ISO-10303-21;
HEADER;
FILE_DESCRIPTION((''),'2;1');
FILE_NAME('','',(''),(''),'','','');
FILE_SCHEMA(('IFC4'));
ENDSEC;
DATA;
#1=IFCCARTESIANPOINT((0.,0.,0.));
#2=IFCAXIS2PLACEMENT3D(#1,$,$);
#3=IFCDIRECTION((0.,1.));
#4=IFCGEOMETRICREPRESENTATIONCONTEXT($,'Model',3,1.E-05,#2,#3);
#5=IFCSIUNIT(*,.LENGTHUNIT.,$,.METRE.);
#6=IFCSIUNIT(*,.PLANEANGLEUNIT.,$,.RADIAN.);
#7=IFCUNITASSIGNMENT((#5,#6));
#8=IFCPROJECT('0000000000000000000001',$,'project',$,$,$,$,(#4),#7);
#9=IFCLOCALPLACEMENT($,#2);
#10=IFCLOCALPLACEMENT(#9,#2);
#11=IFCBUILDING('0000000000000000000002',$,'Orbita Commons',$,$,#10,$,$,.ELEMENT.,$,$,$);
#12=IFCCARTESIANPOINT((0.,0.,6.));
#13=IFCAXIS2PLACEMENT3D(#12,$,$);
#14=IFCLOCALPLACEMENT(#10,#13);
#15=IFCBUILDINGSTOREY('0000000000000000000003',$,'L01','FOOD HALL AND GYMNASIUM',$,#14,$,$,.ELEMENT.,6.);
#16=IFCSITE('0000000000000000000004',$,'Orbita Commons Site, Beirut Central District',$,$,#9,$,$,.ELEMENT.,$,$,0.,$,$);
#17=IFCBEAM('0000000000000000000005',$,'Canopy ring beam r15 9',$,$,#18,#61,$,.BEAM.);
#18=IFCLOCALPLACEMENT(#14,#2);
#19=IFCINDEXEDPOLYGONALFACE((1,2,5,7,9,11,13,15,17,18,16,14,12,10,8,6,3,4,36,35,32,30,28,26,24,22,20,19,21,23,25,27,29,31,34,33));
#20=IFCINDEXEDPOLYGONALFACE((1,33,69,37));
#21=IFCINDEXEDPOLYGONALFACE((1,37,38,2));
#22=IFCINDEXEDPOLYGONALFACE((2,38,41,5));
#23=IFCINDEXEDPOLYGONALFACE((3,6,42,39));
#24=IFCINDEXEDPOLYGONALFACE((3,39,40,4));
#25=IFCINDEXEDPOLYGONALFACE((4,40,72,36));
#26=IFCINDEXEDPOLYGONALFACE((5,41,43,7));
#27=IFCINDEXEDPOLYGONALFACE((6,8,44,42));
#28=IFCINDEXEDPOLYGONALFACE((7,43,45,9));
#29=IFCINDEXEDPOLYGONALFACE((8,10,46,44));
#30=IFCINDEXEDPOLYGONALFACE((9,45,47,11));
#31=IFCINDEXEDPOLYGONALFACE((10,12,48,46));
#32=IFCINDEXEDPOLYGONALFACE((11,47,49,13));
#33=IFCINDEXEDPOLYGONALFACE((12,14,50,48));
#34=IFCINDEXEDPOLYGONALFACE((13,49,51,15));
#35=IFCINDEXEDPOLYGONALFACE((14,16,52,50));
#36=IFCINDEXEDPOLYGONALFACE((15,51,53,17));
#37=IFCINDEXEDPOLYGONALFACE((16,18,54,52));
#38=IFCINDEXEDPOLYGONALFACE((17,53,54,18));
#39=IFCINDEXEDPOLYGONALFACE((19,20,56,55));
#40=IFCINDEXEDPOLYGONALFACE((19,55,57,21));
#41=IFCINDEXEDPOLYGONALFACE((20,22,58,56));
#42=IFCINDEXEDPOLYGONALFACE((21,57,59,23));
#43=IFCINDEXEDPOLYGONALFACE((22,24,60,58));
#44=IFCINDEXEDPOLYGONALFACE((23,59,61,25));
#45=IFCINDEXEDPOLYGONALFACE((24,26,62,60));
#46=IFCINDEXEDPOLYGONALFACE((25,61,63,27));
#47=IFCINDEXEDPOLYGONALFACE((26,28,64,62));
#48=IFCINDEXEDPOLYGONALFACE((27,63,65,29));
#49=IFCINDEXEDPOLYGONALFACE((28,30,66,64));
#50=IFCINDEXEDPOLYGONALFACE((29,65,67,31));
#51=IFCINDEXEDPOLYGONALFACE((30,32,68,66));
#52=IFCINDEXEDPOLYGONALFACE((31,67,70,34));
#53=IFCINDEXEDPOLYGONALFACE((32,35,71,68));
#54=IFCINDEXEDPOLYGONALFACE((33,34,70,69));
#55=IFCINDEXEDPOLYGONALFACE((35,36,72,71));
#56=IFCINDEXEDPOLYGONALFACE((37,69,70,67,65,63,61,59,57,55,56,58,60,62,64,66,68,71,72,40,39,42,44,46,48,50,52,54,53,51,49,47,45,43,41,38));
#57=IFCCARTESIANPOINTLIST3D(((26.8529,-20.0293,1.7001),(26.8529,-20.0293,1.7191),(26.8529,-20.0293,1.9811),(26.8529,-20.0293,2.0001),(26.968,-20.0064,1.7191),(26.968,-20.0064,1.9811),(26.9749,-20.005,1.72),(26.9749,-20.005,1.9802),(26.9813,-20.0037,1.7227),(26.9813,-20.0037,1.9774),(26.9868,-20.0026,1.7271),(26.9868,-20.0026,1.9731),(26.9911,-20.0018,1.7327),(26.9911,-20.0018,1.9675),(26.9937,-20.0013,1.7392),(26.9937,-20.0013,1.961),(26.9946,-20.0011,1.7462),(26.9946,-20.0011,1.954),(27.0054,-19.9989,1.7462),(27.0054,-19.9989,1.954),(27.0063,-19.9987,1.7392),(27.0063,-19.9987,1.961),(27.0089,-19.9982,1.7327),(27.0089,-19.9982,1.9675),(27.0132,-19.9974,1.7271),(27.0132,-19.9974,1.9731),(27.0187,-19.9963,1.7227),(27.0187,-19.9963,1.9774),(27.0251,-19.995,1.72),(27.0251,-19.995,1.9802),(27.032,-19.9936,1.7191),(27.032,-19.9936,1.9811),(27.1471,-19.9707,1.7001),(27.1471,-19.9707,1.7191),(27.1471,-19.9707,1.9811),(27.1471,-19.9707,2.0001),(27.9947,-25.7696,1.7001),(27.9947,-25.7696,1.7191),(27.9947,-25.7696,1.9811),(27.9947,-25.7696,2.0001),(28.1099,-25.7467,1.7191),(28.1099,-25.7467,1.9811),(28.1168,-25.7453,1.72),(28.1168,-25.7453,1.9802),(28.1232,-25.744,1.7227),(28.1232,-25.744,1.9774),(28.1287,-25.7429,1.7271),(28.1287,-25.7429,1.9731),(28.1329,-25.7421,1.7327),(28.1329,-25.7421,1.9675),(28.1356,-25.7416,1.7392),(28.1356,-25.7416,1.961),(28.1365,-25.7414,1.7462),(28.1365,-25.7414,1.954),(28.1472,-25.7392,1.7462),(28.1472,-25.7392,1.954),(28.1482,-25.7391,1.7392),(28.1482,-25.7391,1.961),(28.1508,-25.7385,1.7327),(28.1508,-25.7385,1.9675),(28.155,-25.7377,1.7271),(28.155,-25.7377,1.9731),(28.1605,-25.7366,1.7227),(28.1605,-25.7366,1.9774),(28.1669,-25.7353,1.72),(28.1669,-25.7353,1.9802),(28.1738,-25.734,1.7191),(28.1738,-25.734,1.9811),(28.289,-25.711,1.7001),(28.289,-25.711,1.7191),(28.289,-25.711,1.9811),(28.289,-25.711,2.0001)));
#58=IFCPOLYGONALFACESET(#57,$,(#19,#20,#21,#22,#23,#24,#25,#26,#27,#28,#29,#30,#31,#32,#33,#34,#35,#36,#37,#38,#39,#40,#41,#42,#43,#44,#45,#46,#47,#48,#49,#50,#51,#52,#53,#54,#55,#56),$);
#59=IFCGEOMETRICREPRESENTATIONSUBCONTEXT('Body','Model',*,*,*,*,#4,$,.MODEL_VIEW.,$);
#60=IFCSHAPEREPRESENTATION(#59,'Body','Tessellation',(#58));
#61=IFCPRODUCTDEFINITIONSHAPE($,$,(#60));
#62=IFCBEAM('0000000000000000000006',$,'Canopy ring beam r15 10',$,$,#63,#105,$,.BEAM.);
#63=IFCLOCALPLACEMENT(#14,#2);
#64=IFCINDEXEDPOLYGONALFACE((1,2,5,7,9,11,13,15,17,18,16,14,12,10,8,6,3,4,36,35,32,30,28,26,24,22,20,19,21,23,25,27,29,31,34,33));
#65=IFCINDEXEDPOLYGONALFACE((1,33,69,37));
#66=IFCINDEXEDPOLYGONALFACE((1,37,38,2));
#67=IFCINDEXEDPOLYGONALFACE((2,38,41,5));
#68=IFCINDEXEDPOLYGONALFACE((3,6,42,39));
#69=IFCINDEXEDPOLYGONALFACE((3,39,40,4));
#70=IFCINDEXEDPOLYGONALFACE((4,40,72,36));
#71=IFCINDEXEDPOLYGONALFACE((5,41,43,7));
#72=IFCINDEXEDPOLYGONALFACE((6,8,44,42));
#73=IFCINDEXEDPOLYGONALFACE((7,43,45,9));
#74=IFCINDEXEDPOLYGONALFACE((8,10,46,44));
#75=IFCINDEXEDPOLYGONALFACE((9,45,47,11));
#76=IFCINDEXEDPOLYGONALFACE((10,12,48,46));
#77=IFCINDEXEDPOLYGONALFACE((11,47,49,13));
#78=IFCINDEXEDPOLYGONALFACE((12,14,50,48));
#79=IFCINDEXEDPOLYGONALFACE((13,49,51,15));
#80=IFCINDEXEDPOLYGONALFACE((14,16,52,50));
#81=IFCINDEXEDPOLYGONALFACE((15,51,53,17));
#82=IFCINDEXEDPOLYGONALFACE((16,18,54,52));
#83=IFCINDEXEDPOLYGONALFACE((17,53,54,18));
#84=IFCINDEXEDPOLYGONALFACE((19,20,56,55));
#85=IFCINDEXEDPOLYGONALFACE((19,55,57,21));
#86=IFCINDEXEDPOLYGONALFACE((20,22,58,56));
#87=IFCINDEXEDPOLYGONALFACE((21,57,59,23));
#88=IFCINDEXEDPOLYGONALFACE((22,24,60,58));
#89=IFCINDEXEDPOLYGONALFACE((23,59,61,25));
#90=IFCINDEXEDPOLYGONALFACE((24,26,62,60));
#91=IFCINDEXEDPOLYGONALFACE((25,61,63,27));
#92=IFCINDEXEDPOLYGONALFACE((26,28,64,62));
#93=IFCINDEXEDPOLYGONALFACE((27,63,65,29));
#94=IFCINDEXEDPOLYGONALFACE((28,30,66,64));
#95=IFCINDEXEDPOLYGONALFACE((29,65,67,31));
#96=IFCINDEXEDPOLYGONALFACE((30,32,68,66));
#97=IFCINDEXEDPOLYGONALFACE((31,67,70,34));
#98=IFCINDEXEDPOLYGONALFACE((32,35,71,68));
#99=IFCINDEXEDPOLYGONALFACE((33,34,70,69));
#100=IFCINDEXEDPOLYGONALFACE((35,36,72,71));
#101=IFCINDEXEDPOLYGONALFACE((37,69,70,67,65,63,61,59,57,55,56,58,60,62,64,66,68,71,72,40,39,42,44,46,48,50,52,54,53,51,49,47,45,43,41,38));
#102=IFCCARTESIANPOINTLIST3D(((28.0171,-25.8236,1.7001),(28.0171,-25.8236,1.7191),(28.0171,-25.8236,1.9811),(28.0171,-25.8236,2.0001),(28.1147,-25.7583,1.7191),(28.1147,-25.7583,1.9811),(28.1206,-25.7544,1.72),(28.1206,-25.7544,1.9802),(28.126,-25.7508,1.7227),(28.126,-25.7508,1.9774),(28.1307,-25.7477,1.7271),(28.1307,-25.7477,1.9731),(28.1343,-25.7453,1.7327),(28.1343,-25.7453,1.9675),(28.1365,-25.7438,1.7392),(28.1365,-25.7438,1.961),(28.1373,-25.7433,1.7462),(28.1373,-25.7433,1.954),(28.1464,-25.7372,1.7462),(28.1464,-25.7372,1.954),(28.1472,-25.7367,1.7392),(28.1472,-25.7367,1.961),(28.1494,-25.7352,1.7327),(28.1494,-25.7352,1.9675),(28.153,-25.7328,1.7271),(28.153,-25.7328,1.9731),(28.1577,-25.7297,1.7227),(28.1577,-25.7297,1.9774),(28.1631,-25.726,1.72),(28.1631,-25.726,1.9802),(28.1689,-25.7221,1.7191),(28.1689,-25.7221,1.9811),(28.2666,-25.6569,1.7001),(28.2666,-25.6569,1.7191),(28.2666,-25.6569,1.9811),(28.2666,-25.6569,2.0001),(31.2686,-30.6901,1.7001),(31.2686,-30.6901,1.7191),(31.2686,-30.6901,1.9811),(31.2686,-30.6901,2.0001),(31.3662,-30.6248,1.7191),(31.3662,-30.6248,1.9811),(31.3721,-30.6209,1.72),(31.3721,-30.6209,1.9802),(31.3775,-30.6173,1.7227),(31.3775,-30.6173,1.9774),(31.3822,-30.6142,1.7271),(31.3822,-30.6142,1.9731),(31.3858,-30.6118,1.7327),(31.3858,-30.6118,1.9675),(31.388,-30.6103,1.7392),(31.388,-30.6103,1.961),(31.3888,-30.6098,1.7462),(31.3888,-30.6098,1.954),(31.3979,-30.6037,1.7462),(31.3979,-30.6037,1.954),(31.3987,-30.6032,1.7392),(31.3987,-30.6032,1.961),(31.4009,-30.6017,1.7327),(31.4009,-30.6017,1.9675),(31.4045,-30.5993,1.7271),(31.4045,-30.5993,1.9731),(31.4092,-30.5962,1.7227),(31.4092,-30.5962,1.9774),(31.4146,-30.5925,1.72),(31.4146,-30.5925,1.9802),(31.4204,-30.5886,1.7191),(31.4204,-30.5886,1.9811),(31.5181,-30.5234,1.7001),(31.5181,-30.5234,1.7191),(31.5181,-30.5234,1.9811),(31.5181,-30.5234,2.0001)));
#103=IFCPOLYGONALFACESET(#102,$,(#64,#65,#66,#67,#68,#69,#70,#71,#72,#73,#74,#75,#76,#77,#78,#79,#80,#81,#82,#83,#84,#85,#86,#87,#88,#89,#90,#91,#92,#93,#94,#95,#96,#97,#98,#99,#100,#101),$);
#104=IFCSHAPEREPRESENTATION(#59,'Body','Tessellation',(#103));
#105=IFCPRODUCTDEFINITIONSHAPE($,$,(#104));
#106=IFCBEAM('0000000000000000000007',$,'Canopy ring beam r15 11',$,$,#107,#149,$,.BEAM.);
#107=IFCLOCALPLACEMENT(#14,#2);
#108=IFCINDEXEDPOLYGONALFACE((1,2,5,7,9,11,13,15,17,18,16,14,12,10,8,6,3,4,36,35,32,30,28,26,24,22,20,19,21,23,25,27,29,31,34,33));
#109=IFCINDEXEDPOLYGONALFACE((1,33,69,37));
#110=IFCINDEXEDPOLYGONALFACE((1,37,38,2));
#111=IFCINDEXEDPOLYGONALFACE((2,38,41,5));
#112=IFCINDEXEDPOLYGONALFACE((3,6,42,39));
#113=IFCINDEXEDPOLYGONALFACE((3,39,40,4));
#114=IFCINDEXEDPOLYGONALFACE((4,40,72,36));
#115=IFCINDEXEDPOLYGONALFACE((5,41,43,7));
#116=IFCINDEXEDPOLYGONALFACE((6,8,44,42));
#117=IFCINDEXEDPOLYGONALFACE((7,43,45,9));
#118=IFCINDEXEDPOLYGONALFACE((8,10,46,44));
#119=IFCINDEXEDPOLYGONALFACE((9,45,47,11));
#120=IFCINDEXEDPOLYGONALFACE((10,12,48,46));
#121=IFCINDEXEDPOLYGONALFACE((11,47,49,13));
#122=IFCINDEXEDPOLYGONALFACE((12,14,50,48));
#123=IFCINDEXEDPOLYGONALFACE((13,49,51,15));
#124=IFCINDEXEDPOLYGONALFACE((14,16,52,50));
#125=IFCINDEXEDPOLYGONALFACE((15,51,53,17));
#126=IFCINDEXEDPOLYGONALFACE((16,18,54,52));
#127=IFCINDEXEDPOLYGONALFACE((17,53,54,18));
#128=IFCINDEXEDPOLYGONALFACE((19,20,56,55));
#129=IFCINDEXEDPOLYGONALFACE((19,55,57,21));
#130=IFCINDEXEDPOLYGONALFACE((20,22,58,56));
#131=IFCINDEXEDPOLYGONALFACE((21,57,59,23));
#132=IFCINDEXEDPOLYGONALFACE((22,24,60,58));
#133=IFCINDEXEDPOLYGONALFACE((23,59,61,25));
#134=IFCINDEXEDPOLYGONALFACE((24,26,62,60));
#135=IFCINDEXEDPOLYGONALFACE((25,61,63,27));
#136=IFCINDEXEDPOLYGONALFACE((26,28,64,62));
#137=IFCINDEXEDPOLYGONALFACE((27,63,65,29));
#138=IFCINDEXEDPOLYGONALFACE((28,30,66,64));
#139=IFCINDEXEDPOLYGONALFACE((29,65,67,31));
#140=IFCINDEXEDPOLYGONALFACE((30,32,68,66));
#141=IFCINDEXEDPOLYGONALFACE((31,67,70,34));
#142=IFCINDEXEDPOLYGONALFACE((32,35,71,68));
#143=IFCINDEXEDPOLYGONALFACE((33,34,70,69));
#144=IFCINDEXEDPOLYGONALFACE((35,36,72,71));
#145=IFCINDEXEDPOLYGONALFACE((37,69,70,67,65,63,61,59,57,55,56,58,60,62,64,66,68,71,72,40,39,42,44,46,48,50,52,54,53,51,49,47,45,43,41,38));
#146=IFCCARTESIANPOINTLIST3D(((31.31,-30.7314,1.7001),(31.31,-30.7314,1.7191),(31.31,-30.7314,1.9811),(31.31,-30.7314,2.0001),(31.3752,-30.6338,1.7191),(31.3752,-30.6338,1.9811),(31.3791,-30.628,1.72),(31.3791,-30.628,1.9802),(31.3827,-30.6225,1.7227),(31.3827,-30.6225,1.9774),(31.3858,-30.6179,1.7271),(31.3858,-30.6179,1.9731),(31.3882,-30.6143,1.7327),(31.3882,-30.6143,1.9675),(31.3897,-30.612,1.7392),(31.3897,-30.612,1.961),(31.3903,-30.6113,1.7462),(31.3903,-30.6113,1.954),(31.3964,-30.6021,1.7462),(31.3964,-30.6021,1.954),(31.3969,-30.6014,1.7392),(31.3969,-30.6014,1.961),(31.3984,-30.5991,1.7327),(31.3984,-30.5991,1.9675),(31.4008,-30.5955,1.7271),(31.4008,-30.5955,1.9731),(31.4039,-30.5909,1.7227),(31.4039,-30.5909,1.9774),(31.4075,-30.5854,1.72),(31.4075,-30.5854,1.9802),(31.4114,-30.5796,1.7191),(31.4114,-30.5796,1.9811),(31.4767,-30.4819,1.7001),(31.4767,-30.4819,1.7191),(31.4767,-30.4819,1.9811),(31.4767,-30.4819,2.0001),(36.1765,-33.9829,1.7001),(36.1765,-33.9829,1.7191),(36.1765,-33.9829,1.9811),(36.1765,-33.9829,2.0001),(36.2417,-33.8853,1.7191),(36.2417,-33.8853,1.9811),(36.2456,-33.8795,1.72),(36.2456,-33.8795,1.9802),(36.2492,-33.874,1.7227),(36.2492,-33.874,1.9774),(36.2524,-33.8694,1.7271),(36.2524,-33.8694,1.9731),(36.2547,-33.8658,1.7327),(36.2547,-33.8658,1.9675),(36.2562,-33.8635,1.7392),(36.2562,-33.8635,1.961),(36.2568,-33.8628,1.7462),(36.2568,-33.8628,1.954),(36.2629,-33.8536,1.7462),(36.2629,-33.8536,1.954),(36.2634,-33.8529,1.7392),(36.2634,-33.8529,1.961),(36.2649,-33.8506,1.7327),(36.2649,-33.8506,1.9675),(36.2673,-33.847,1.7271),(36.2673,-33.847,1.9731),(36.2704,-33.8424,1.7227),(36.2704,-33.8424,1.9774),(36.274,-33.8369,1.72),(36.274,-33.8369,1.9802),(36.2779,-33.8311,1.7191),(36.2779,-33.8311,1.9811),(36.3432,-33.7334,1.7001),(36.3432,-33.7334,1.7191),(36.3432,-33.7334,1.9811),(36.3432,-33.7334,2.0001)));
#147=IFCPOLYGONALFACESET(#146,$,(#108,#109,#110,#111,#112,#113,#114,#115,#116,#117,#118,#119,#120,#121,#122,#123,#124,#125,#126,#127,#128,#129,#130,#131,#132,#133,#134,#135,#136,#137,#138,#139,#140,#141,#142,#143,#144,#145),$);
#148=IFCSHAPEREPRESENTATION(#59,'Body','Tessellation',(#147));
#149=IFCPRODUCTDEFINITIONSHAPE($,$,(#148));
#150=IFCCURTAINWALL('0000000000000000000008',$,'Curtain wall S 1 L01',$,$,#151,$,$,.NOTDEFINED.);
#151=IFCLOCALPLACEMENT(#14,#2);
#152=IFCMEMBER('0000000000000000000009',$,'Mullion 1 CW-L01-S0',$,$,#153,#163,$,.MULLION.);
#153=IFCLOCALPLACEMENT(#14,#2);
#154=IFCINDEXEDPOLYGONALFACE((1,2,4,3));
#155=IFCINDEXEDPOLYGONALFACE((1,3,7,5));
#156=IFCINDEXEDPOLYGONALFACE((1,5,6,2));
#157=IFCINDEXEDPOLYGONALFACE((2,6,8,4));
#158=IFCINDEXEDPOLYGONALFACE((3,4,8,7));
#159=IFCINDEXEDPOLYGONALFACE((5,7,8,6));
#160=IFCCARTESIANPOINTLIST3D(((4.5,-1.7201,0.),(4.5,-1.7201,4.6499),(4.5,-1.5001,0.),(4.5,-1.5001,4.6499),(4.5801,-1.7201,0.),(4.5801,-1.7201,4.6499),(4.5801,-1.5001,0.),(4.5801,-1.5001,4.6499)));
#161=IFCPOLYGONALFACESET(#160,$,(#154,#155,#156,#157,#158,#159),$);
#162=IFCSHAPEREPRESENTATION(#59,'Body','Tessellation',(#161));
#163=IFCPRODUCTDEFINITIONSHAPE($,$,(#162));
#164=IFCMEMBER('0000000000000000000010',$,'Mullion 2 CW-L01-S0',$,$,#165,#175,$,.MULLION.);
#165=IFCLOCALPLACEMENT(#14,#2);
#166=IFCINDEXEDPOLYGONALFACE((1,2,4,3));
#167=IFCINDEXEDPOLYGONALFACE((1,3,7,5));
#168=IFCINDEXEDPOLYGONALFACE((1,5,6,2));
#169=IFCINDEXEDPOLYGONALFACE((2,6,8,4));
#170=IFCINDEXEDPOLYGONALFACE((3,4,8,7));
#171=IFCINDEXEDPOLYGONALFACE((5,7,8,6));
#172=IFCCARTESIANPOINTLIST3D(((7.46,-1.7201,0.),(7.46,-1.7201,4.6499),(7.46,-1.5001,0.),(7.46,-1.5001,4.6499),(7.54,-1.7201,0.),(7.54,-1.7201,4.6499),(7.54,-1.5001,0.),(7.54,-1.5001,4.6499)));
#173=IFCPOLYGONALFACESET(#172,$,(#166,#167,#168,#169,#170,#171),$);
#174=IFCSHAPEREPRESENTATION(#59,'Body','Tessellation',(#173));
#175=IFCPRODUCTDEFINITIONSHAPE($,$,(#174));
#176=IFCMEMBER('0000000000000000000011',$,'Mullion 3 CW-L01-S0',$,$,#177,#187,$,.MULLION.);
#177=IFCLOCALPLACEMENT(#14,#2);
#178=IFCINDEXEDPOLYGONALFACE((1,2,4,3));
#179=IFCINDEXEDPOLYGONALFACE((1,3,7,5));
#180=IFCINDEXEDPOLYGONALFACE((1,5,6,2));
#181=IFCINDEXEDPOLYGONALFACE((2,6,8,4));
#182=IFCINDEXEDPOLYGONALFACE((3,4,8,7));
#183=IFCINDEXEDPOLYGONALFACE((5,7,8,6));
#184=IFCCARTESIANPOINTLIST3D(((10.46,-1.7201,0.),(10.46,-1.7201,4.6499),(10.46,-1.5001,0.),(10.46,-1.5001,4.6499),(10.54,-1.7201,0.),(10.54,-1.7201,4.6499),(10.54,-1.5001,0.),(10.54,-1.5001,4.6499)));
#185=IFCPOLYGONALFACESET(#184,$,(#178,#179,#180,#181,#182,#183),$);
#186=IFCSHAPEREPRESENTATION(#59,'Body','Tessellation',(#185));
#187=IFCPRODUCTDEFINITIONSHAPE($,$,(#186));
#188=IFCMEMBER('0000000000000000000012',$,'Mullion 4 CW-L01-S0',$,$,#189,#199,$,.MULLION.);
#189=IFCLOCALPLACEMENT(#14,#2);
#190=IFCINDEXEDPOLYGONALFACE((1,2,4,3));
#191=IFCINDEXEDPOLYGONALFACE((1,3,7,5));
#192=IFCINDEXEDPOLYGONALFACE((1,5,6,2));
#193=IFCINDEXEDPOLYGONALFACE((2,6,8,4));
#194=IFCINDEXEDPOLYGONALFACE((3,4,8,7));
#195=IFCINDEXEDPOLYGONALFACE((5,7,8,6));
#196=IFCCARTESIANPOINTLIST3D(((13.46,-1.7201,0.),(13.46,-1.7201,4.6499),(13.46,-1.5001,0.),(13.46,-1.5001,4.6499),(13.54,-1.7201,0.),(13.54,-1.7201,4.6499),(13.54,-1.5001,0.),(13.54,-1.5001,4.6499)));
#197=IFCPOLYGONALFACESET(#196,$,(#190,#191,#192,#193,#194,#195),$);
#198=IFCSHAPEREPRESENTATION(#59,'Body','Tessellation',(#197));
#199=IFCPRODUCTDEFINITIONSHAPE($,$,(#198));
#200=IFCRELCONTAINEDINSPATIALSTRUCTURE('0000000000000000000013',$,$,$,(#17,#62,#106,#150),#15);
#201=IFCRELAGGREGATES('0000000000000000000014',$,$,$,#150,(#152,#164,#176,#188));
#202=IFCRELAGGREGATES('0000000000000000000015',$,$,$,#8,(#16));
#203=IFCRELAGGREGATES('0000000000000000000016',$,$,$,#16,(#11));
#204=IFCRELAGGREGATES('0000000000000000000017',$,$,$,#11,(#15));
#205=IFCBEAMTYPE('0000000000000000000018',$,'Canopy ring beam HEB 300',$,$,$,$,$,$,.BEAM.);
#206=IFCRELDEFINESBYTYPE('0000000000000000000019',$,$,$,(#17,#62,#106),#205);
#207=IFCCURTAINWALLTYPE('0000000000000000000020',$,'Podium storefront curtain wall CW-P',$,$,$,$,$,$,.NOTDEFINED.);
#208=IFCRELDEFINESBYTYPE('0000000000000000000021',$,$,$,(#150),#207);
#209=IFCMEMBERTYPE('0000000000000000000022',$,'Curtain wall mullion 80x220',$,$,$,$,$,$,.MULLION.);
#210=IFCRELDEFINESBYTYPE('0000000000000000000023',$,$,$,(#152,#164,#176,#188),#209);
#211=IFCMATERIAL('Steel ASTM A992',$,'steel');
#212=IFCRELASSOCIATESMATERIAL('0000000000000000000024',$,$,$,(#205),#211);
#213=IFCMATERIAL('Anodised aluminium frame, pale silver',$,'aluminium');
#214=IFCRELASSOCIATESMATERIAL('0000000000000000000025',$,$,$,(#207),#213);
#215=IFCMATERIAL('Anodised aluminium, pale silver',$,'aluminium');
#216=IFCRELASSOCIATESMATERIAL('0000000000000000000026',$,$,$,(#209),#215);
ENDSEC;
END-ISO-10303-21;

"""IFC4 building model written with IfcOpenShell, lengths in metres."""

from ifc_helpers import new_model, si_unit, direction, frame, origin, origin_2d, place, context, subcontext, project, spatial, rectangle, i_section, extrude, material, material_profile, profile_set, type_object, element, aggregate, save


model = new_model("IFC4")

# Units and contexts
model_context = context("Model", 3, precision=1e-05, world=origin(), true_north=direction((0.0, 1.0)))
body_context = subcontext(model_context, "Body", "Model", "MODEL_VIEW")
ifc_project = project(units=[si_unit("LENGTHUNIT", "METRE"), si_unit("PLANEANGLEUNIT", "RADIAN")], contexts=[model_context])

# Site, building, storey
site_placement = place(None, origin())
site = spatial("IfcSite", under=ifc_project, at=site_placement, Name="Orbita Commons Site, Beirut Central District", CompositionType="ELEMENT", RefElevation=0.0)
building_placement = place(site_placement, origin())
building = spatial("IfcBuilding", under=site, at=building_placement, Name="Orbita Commons", CompositionType="ELEMENT")
storey_placement = place(building_placement, frame((0.0, 0.0, 6.0)))
storey = spatial("IfcBuildingStorey", under=building, at=storey_placement, Name="L01", Description="FOOD HALL AND GYMNASIUM", CompositionType="ELEMENT", Elevation=6.0)

# Beams
ifc_material_1 = material(Name="Steel ASTM A992", Category="steel")
ifc_material_profile_1 = material_profile(ifc_material_1, i_section(OverallWidth=0.3, OverallDepth=0.3, WebThickness=0.011, FlangeThickness=0.019, FilletRadius=0.0271, at=origin_2d()), Name="HEB 300")
ifc_profile_set_1 = profile_set([ifc_material_profile_1], Name="Steel ASTM A992")
beam_type = type_object("IfcBeamType", Name="Canopy ring beam HEB 300", PredefinedType="BEAM", material=ifc_profile_set_1)
for number, where, z_axis, x_axis, name in (
    (1, (27.0, -20.0, 1.8501), (0.195097, -0.980784, 0.0), (0.980784, 0.195097, 0.0), "Canopy ring beam r15 9"),
    (2, (28.1418, -25.7402, 1.8501), (0.555547, -0.831485, 0.0), (0.831485, 0.555547, 0.0), "Canopy ring beam r15 10"),
    (3, (31.3933, -30.6067, 1.8501), (0.831485, -0.555547, 0.0), (0.555547, 0.831485, 0.0), "Canopy ring beam r15 11"),
):
    element("IfcBeam", number, at=place(storey_placement, frame(where, z_axis=z_axis, x_axis=x_axis)), inside=storey, type_object=beam_type, Name=name, PredefinedType="BEAM", context=body_context, shape_type="SweptSolid", body=[
        extrude(i_section(OverallWidth=0.3, OverallDepth=0.3, WebThickness=0.011, FlangeThickness=0.019, FilletRadius=0.0271, at=origin_2d()), origin(), (0.0, 0.0, 1.0), 5.8528),
    ])

# Curtain wall, members
ifc_material_2 = material(Name="Anodised aluminium frame, pale silver", Category="aluminium")
curtain_wall_type = type_object("IfcCurtainWallType", Name="Podium storefront curtain wall CW-P", PredefinedType="NOTDEFINED", material=ifc_material_2)
curtain_wall_placement = place(storey_placement, origin())
curtain_wall = element("IfcCurtainWall", 4, at=curtain_wall_placement, inside=storey, type_object=curtain_wall_type, Name="Curtain wall S 1 L01", PredefinedType="NOTDEFINED")
ifc_material_3 = material(Name="Anodised aluminium, pale silver", Category="aluminium")
ifc_material_profile_2 = material_profile(ifc_material_3, rectangle(XDim=0.0801, YDim=0.22, at=origin_2d()), Name="AL 80x220")
ifc_profile_set_2 = profile_set([ifc_material_profile_2], Name="Anodised aluminium, pale silver")
member_type_1 = type_object("IfcMemberType", Name="Curtain wall mullion 80x220", PredefinedType="MULLION", material=ifc_profile_set_2)
member_1_placement = place(storey_placement, frame((4.54, -1.6101, 0.0), z_axis=(0.0, 0.0, 1.0), x_axis=(1.0, 0.0, 0.0)))
member_1 = element("IfcMember", 5, at=member_1_placement, type_object=member_type_1, Name="Mullion 1 CW-L01-S0", PredefinedType="MULLION", context=body_context, shape_type="SweptSolid", body=[
    extrude(rectangle(XDim=0.0801, YDim=0.22, at=origin_2d()), origin(), (0.0, 0.0, 1.0), 4.6499),
])
member_2_placement = place(storey_placement, frame((7.5, -1.6101, 0.0), z_axis=(0.0, 0.0, 1.0), x_axis=(1.0, 0.0, 0.0)))
member_2 = element("IfcMember", 6, at=member_2_placement, type_object=member_type_1, Name="Mullion 2 CW-L01-S0", PredefinedType="MULLION", context=body_context, shape_type="SweptSolid", body=[
    extrude(rectangle(XDim=0.0801, YDim=0.22, at=origin_2d()), origin(), (0.0, 0.0, 1.0), 4.6499),
])
member_3_placement = place(storey_placement, frame((10.5, -1.6101, 0.0), z_axis=(0.0, 0.0, 1.0), x_axis=(1.0, 0.0, 0.0)))
member_3 = element("IfcMember", 7, at=member_3_placement, type_object=member_type_1, Name="Mullion 3 CW-L01-S0", PredefinedType="MULLION", context=body_context, shape_type="SweptSolid", body=[
    extrude(rectangle(XDim=0.0801, YDim=0.22, at=origin_2d()), origin(), (0.0, 0.0, 1.0), 4.6499),
])
member_4_placement = place(storey_placement, frame((13.5, -1.6101, 0.0), z_axis=(0.0, 0.0, 1.0), x_axis=(1.0, 0.0, 0.0)))
member_4 = element("IfcMember", 8, at=member_4_placement, type_object=member_type_1, Name="Mullion 4 CW-L01-S0", PredefinedType="MULLION", context=body_context, shape_type="SweptSolid", body=[
    extrude(rectangle(XDim=0.0801, YDim=0.22, at=origin_2d()), origin(), (0.0, 0.0, 1.0), 4.6499),
])
aggregate(curtain_wall, [member_1, member_2, member_3, member_4])

save(model, "model.ifc")
